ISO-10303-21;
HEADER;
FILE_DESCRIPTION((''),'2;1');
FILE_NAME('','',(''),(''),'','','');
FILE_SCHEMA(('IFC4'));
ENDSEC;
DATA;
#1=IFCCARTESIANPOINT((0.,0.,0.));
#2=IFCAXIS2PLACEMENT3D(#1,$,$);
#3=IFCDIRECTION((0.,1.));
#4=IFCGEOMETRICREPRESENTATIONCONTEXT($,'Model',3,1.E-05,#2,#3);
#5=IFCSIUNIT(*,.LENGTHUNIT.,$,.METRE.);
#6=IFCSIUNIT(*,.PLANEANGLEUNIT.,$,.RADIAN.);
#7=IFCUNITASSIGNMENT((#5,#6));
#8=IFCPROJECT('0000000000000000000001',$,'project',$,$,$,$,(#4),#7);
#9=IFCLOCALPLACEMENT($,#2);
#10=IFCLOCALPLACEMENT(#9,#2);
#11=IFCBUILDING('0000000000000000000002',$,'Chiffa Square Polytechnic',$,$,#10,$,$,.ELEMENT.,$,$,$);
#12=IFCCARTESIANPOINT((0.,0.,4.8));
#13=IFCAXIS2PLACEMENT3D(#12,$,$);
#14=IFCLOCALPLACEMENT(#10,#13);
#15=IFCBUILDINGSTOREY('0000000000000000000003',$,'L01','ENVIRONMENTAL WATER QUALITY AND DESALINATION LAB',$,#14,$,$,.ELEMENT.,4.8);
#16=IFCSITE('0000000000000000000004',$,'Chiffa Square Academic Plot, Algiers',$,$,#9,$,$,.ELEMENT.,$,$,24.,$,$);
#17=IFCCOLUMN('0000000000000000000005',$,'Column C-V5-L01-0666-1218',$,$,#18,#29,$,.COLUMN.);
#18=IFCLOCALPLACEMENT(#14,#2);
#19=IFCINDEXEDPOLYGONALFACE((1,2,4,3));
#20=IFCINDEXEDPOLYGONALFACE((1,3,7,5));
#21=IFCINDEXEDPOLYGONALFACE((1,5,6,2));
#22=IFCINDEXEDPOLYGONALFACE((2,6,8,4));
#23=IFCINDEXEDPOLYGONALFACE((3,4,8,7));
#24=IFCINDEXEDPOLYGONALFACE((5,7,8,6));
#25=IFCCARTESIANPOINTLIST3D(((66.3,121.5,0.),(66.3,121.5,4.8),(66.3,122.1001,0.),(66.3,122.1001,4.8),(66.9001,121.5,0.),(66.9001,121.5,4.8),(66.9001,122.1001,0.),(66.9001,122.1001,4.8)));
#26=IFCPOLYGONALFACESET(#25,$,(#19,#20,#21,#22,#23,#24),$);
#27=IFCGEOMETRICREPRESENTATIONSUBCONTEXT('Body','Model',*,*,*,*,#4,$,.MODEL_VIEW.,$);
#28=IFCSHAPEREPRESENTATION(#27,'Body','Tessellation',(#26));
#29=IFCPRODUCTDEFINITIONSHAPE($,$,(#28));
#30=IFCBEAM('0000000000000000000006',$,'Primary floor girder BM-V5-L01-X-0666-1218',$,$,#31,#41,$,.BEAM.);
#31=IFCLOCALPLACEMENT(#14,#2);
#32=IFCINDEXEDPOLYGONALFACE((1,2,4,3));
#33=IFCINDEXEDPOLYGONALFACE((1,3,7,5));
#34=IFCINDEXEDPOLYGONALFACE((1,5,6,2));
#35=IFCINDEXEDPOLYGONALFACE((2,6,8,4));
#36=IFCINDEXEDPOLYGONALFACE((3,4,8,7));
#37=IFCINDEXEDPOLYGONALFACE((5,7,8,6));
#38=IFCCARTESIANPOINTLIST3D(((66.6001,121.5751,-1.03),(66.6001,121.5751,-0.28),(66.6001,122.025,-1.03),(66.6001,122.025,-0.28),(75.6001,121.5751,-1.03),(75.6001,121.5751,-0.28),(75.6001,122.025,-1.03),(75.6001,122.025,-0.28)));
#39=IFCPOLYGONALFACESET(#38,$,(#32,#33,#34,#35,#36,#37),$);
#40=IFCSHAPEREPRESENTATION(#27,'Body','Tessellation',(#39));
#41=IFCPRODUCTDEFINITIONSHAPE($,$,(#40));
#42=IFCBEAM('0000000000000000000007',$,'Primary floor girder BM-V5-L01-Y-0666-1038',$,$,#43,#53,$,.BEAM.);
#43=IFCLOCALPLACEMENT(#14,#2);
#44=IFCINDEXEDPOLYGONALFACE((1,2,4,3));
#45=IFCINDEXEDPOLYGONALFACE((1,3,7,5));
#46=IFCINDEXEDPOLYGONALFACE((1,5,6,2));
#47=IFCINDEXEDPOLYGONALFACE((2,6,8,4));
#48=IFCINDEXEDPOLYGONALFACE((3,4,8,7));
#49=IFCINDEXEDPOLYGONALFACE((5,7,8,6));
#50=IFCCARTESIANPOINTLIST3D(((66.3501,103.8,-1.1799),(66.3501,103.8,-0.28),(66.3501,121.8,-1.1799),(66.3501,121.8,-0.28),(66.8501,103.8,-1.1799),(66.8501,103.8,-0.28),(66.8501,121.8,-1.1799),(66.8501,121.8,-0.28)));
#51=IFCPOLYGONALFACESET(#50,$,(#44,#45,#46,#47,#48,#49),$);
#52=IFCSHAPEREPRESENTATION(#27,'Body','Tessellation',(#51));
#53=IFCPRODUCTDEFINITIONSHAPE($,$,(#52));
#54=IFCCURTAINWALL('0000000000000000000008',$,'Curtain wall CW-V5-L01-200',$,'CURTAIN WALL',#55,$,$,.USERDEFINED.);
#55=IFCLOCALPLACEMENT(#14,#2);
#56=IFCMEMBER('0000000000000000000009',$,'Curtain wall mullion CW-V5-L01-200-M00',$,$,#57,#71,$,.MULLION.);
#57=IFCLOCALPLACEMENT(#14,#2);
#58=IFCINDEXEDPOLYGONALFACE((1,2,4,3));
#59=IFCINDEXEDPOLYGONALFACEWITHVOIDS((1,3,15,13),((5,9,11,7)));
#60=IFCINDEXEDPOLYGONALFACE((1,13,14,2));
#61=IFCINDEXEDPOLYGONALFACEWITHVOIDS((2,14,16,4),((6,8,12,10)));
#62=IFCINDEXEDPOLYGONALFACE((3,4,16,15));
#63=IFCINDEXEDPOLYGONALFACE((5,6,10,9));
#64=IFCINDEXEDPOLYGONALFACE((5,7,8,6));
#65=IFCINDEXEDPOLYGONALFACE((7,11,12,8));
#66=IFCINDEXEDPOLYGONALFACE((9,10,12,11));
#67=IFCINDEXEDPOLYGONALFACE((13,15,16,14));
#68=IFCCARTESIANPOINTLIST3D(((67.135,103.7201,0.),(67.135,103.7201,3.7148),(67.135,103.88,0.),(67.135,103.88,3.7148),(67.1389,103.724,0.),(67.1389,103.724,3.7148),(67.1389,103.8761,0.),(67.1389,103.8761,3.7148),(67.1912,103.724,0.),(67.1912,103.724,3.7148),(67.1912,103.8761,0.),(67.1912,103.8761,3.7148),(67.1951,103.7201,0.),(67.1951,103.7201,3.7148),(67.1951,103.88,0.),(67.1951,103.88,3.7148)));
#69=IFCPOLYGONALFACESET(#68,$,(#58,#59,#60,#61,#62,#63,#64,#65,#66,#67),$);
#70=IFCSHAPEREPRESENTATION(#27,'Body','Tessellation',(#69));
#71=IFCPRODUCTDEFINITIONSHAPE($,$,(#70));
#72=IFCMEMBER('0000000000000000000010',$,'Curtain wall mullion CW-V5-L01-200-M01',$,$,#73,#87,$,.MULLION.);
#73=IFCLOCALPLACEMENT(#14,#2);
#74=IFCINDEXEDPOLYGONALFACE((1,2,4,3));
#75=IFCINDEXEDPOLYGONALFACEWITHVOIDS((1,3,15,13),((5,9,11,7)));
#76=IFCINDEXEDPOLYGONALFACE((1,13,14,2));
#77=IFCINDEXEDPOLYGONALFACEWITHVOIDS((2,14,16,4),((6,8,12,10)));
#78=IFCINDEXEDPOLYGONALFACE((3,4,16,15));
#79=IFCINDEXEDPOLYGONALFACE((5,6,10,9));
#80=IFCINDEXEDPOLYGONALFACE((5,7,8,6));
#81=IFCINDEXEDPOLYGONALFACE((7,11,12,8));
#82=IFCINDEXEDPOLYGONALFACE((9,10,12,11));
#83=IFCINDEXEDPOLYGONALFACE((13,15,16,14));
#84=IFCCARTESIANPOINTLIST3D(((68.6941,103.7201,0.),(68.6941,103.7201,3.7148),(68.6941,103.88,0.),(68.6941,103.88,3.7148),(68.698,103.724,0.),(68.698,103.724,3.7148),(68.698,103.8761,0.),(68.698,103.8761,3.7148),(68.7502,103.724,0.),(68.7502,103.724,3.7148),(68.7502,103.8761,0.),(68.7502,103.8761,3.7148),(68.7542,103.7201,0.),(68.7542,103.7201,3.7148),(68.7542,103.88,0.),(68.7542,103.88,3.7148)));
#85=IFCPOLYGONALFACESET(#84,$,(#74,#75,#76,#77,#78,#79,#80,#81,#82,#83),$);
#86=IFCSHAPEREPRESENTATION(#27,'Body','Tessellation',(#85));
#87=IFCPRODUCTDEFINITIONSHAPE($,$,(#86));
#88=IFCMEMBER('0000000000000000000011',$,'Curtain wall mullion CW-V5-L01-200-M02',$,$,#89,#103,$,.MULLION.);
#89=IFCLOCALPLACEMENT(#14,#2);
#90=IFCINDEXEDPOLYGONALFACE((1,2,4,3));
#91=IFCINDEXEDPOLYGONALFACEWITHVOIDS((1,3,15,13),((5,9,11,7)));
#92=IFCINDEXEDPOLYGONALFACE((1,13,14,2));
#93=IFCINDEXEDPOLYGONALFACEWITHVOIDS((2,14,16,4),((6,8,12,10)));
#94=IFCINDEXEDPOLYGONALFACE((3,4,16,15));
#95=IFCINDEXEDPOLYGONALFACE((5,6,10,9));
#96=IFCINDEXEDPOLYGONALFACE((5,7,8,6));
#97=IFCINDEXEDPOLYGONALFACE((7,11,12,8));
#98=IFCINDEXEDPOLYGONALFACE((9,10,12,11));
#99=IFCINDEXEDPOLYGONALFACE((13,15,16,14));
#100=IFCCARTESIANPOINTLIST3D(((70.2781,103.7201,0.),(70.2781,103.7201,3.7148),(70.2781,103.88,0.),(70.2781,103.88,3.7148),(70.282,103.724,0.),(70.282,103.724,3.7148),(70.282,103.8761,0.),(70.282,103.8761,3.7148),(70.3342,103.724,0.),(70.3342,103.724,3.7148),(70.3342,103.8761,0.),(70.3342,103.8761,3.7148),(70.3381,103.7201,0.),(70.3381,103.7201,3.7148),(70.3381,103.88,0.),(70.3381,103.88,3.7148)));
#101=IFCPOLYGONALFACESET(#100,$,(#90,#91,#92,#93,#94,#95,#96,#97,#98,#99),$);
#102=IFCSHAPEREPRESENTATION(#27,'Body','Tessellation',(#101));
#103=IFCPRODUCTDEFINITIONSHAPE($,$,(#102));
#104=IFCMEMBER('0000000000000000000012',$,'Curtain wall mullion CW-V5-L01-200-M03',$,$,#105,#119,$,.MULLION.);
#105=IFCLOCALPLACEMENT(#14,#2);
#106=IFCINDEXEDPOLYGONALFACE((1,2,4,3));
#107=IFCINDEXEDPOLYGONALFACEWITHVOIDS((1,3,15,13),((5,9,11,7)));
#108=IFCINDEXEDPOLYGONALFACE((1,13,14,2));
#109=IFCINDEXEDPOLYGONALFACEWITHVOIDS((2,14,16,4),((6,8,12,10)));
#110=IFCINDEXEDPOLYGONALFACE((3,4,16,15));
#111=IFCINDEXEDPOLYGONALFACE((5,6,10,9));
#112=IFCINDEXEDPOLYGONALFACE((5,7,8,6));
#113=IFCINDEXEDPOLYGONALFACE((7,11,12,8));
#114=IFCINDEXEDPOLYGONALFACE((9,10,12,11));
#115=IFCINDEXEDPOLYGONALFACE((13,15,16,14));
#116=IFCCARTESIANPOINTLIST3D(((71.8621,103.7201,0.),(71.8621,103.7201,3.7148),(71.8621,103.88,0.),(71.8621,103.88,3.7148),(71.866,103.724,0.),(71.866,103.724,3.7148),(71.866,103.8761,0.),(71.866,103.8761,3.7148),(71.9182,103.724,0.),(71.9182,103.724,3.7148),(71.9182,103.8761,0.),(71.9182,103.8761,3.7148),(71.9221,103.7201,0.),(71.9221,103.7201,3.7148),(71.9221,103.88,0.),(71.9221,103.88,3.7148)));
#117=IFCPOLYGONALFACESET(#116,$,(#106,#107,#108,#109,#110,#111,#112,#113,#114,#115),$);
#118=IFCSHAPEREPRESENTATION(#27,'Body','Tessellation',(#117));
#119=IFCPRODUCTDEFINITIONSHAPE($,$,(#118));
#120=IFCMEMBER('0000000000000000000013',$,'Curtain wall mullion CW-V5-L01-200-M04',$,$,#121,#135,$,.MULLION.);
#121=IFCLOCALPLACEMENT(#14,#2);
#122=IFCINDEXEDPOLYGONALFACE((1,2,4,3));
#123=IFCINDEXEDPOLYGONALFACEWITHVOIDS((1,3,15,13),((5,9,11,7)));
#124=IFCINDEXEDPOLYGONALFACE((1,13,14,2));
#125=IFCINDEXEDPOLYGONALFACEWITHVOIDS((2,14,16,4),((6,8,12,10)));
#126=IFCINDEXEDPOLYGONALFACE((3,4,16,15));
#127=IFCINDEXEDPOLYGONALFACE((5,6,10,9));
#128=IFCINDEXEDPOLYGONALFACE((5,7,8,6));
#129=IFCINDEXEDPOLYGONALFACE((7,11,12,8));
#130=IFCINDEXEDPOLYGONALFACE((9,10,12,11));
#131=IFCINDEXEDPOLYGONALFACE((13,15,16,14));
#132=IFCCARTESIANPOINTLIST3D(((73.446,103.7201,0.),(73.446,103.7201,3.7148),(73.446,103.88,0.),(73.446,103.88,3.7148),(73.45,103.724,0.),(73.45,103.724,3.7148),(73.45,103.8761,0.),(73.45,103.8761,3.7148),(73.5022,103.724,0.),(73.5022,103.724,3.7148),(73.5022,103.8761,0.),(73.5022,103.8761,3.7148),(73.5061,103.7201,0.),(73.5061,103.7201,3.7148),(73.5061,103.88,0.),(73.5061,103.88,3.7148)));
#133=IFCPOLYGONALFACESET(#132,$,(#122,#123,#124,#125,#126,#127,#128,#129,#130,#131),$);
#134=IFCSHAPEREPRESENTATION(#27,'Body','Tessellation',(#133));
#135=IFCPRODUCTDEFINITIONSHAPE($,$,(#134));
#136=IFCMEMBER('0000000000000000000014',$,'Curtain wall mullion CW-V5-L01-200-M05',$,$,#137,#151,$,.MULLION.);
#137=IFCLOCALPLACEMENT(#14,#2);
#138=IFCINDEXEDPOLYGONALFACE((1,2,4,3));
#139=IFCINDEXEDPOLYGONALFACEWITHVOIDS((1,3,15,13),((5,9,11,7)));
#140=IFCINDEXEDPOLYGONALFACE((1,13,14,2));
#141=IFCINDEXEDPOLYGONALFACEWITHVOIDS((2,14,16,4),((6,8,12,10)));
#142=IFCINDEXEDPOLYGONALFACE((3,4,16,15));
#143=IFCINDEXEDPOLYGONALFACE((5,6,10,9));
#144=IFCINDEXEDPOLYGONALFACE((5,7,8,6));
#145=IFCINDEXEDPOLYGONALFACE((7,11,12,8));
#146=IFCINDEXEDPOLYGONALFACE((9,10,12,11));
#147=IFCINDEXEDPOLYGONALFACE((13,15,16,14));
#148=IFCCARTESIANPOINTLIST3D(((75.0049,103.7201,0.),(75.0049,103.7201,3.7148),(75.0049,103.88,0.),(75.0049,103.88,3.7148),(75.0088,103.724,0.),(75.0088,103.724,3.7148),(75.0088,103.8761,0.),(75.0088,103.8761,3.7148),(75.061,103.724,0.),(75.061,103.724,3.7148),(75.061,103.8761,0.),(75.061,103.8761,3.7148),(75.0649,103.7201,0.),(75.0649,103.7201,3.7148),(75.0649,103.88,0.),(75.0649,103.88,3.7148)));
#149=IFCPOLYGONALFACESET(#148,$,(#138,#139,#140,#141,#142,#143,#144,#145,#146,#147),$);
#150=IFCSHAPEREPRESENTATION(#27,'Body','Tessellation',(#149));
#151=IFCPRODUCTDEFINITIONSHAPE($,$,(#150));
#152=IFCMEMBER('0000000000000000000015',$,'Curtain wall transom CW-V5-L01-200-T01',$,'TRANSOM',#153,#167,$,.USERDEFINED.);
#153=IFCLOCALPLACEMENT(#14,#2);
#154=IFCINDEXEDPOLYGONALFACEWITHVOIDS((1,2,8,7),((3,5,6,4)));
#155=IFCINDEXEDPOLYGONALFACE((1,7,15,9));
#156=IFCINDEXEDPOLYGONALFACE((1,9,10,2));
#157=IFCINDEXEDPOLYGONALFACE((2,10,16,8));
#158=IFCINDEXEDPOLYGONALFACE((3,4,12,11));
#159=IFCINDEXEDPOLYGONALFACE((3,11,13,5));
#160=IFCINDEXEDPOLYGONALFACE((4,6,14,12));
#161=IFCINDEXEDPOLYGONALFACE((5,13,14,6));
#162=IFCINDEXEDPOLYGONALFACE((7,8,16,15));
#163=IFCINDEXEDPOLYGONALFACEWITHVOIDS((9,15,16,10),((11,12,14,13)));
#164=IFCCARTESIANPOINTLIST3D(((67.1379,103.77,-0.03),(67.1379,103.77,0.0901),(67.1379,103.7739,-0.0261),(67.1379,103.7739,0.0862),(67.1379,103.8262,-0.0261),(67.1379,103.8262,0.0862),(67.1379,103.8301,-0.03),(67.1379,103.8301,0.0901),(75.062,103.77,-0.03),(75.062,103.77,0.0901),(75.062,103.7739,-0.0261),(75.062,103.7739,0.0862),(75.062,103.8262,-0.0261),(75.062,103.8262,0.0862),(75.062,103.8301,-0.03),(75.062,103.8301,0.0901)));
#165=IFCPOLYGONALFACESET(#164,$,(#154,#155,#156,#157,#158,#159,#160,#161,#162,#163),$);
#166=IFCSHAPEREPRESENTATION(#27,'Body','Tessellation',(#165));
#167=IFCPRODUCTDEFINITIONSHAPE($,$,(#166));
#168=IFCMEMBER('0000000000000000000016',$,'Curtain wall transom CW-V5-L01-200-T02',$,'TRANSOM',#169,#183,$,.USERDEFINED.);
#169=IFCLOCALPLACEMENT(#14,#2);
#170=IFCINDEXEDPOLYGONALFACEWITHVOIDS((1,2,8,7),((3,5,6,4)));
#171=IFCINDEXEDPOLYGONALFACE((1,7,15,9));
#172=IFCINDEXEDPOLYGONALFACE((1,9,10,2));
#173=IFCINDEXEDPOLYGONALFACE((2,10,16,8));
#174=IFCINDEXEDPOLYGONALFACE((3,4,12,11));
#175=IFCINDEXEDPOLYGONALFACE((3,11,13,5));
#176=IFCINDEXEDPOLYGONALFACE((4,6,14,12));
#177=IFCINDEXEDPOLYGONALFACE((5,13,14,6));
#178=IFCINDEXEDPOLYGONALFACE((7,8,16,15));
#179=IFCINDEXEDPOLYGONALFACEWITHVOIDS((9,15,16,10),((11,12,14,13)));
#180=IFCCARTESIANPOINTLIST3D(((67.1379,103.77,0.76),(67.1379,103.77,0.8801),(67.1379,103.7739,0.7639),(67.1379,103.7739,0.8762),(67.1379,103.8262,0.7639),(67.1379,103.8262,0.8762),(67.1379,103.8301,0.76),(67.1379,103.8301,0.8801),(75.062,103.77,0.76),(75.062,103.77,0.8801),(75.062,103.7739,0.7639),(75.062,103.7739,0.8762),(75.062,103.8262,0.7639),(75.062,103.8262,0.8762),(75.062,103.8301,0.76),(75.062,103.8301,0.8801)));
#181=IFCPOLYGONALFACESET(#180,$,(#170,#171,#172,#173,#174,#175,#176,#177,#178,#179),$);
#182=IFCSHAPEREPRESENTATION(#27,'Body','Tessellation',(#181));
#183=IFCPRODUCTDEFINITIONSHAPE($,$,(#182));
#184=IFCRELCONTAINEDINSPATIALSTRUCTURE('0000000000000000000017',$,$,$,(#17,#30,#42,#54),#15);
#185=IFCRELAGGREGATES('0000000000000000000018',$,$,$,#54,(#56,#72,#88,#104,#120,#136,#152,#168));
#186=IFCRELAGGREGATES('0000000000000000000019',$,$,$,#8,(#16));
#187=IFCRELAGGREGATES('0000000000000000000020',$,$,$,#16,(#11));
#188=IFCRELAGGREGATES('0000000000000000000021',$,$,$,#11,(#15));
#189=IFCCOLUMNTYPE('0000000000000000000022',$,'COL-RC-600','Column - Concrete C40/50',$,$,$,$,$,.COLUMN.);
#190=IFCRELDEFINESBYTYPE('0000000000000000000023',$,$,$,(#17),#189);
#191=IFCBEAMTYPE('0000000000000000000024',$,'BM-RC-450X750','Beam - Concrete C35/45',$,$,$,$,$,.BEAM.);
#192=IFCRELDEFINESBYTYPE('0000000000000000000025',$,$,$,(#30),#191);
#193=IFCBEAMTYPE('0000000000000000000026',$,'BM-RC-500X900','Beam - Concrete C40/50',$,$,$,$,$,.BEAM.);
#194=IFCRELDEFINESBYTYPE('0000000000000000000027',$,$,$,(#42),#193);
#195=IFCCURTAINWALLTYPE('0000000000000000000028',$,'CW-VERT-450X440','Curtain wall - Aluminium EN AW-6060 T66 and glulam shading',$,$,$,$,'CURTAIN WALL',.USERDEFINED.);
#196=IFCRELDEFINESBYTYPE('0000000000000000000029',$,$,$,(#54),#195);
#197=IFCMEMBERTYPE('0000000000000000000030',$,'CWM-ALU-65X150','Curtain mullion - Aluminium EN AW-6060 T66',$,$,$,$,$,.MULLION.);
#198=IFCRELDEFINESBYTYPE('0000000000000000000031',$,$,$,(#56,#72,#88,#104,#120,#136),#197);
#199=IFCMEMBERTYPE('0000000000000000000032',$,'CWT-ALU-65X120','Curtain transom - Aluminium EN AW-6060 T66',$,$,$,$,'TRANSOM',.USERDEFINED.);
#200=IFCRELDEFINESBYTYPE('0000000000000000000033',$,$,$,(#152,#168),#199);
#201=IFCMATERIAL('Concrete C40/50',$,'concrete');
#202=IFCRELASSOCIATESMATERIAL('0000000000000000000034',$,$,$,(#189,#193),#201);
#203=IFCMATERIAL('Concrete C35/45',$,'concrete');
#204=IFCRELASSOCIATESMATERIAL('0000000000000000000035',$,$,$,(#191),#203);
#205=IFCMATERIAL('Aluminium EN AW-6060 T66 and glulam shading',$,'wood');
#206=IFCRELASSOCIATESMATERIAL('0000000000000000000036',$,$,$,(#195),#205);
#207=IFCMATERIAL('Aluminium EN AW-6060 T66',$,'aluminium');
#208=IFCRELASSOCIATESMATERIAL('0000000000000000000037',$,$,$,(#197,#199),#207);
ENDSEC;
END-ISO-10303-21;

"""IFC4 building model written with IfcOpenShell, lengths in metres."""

from ifc_helpers import new_model, si_unit, direction, frame, origin, origin_2d, place, context, subcontext, project, spatial, rectangle, hollow_rectangle, extrude, material, material_profile, profile_set, type_object, element, aggregate, save


model = new_model("IFC4")

# Units and contexts
model_context = context("Model", 3, precision=1e-05, world=origin(), true_north=direction((0.0, 1.0)))
body_context = subcontext(model_context, "Body", "Model", "MODEL_VIEW")
ifc_project = project(units=[si_unit("LENGTHUNIT", "METRE"), si_unit("PLANEANGLEUNIT", "RADIAN")], contexts=[model_context])

# Site, building, storey
site_placement = place(None, origin())
site = spatial("IfcSite", under=ifc_project, at=site_placement, Name="Chiffa Square Academic Plot, Algiers", CompositionType="ELEMENT", RefElevation=24.0)
building_placement = place(site_placement, origin())
building = spatial("IfcBuilding", under=site, at=building_placement, Name="Chiffa Square Polytechnic", CompositionType="ELEMENT")
storey_placement = place(building_placement, frame((0.0, 0.0, 4.8)))
storey = spatial("IfcBuildingStorey", under=building, at=storey_placement, Name="L01", Description="ENVIRONMENTAL WATER QUALITY AND DESALINATION LAB", CompositionType="ELEMENT", Elevation=4.8)

# Column
ifc_material_1 = material(Name="Concrete C40/50", Category="concrete")
ifc_material_profile_1 = material_profile(ifc_material_1, rectangle(XDim=0.6001, YDim=0.6001, at=origin_2d()), Name="RC 600x600")
ifc_profile_set_1 = profile_set([ifc_material_profile_1], Name="Concrete C40/50")
column_type = type_object("IfcColumnType", Name="COL-RC-600", Description="Column - Concrete C40/50", PredefinedType="COLUMN", material=ifc_profile_set_1)
column_placement = place(storey_placement, frame((66.6001, 121.8, 0.0), z_axis=(0.0, 0.0, 1.0), x_axis=(1.0, 0.0, 0.0)))
element("IfcColumn", 1, at=column_placement, inside=storey, type_object=column_type, Name="Column C-V5-L01-0666-1218", PredefinedType="COLUMN", context=body_context, shape_type="SweptSolid", body=[
    extrude(rectangle(XDim=0.6001, YDim=0.6001, at=origin_2d()), origin(), (0.0, 0.0, 1.0), 4.8),
])

# Beams
ifc_material_2 = material(Name="Concrete C35/45", Category="concrete")
ifc_material_profile_2 = material_profile(ifc_material_2, rectangle(XDim=0.45, YDim=0.75, at=origin_2d()), Name="RC 450x750")
ifc_profile_set_2 = profile_set([ifc_material_profile_2], Name="Concrete C35/45")
beam_type_1 = type_object("IfcBeamType", Name="BM-RC-450X750", Description="Beam - Concrete C35/45", PredefinedType="BEAM", material=ifc_profile_set_2)
beam_1_placement = place(storey_placement, frame((66.6001, 121.8, -0.655), z_axis=(1.0, 0.0, 0.0), x_axis=(0.0, 1.0, 0.0)))
element("IfcBeam", 2, at=beam_1_placement, inside=storey, type_object=beam_type_1, Name="Primary floor girder BM-V5-L01-X-0666-1218", PredefinedType="BEAM", context=body_context, shape_type="SweptSolid", body=[
    extrude(rectangle(XDim=0.45, YDim=0.75, at=origin_2d()), origin(), (0.0, 0.0, 1.0), 9.0),
])
ifc_material_profile_3 = material_profile(ifc_material_1, rectangle(XDim=0.5, YDim=0.8999, at=origin_2d()), Name="RC 500x900")
ifc_profile_set_3 = profile_set([ifc_material_profile_3], Name="Concrete C40/50")
beam_type_2 = type_object("IfcBeamType", Name="BM-RC-500X900", Description="Beam - Concrete C40/50", PredefinedType="BEAM", material=ifc_profile_set_3)
beam_2_placement = place(storey_placement, frame((66.6001, 103.8, -0.73), z_axis=(0.0, 1.0, 0.0), x_axis=(-1.0, 0.0, 0.0)))
element("IfcBeam", 3, at=beam_2_placement, inside=storey, type_object=beam_type_2, Name="Primary floor girder BM-V5-L01-Y-0666-1038", PredefinedType="BEAM", context=body_context, shape_type="SweptSolid", body=[
    extrude(rectangle(XDim=0.5, YDim=0.8999, at=origin_2d()), origin(), (0.0, 0.0, 1.0), 18.0),
])

# Curtain wall, members
ifc_material_3 = material(Name="Aluminium EN AW-6060 T66 and glulam shading", Category="wood")
curtain_wall_type = type_object("IfcCurtainWallType", Name="CW-VERT-450X440", Description="Curtain wall - Aluminium EN AW-6060 T66 and glulam shading", ElementType="CURTAIN WALL", PredefinedType="USERDEFINED", material=ifc_material_3)
curtain_wall_placement = place(storey_placement, origin())
curtain_wall = element("IfcCurtainWall", 4, at=curtain_wall_placement, inside=storey, type_object=curtain_wall_type, Name="Curtain wall CW-V5-L01-200", ObjectType="CURTAIN WALL", PredefinedType="USERDEFINED")
ifc_material_4 = material(Name="Aluminium EN AW-6060 T66", Category="aluminium")
ifc_material_profile_4 = material_profile(ifc_material_4, hollow_rectangle(XDim=0.0601, YDim=0.1599, WallThickness=0.0039, at=origin_2d()), Name="ALU 60x160x4")
ifc_profile_set_4 = profile_set([ifc_material_profile_4], Name="Aluminium EN AW-6060 T66")
member_type_1 = type_object("IfcMemberType", Name="CWM-ALU-65X150", Description="Curtain mullion - Aluminium EN AW-6060 T66", PredefinedType="MULLION", material=ifc_profile_set_4)
member_1_placement = place(storey_placement, frame((67.165, 103.8, 0.0), z_axis=(0.0, 0.0, 1.0), x_axis=(1.0, 0.0, 0.0)))
member_1 = element("IfcMember", 5, at=member_1_placement, type_object=member_type_1, Name="Curtain wall mullion CW-V5-L01-200-M00", PredefinedType="MULLION", context=body_context, shape_type="SweptSolid", body=[
    extrude(hollow_rectangle(XDim=0.0601, YDim=0.1599, WallThickness=0.0039, at=origin_2d()), origin(), (0.0, 0.0, 1.0), 3.7148),
])
member_2_placement = place(storey_placement, frame((68.7241, 103.8, 0.0), z_axis=(0.0, 0.0, 1.0), x_axis=(1.0, 0.0, 0.0)))
member_2 = element("IfcMember", 6, at=member_2_placement, type_object=member_type_1, Name="Curtain wall mullion CW-V5-L01-200-M01", PredefinedType="MULLION", context=body_context, shape_type="SweptSolid", body=[
    extrude(hollow_rectangle(XDim=0.0601, YDim=0.1599, WallThickness=0.0039, at=origin_2d()), origin(), (0.0, 0.0, 1.0), 3.7148),
])
member_3_placement = place(storey_placement, frame((70.3081, 103.8, 0.0), z_axis=(0.0, 0.0, 1.0), x_axis=(1.0, 0.0, 0.0)))
member_3 = element("IfcMember", 7, at=member_3_placement, type_object=member_type_1, Name="Curtain wall mullion CW-V5-L01-200-M02", PredefinedType="MULLION", context=body_context, shape_type="SweptSolid", body=[
    extrude(hollow_rectangle(XDim=0.0601, YDim=0.1599, WallThickness=0.0039, at=origin_2d()), origin(), (0.0, 0.0, 1.0), 3.7148),
])
member_4_placement = place(storey_placement, frame((71.8921, 103.8, 0.0), z_axis=(0.0, 0.0, 1.0), x_axis=(1.0, 0.0, 0.0)))
member_4 = element("IfcMember", 8, at=member_4_placement, type_object=member_type_1, Name="Curtain wall mullion CW-V5-L01-200-M03", PredefinedType="MULLION", context=body_context, shape_type="SweptSolid", body=[
    extrude(hollow_rectangle(XDim=0.0601, YDim=0.1599, WallThickness=0.0039, at=origin_2d()), origin(), (0.0, 0.0, 1.0), 3.7148),
])
member_5_placement = place(storey_placement, frame((73.4761, 103.8, 0.0), z_axis=(0.0, 0.0, 1.0), x_axis=(1.0, 0.0, 0.0)))
member_5 = element("IfcMember", 9, at=member_5_placement, type_object=member_type_1, Name="Curtain wall mullion CW-V5-L01-200-M04", PredefinedType="MULLION", context=body_context, shape_type="SweptSolid", body=[
    extrude(hollow_rectangle(XDim=0.0601, YDim=0.1599, WallThickness=0.0039, at=origin_2d()), origin(), (0.0, 0.0, 1.0), 3.7148),
])
member_6_placement = place(storey_placement, frame((75.0349, 103.8, 0.0), z_axis=(0.0, 0.0, 1.0), x_axis=(1.0, 0.0, 0.0)))
member_6 = element("IfcMember", 10, at=member_6_placement, type_object=member_type_1, Name="Curtain wall mullion CW-V5-L01-200-M05", PredefinedType="MULLION", context=body_context, shape_type="SweptSolid", body=[
    extrude(hollow_rectangle(XDim=0.0601, YDim=0.1599, WallThickness=0.0039, at=origin_2d()), origin(), (0.0, 0.0, 1.0), 3.7148),
])
ifc_material_profile_5 = material_profile(ifc_material_4, hollow_rectangle(XDim=0.0601, YDim=0.1201, WallThickness=0.0039, at=origin_2d()), Name="ALU 60x120x4")
ifc_profile_set_5 = profile_set([ifc_material_profile_5], Name="Aluminium EN AW-6060 T66")
member_type_2 = type_object("IfcMemberType", Name="CWT-ALU-65X120", Description="Curtain transom - Aluminium EN AW-6060 T66", ElementType="TRANSOM", PredefinedType="USERDEFINED", material=ifc_profile_set_5)
member_7_placement = place(storey_placement, frame((67.1379, 103.8, 0.03), z_axis=(1.0, 0.0, 0.0), x_axis=(0.0, 1.0, 0.0)))
member_7 = element("IfcMember", 11, at=member_7_placement, type_object=member_type_2, Name="Curtain wall transom CW-V5-L01-200-T01", ObjectType="TRANSOM", PredefinedType="USERDEFINED", context=body_context, shape_type="SweptSolid", body=[
    extrude(hollow_rectangle(XDim=0.0601, YDim=0.1201, WallThickness=0.0039, at=origin_2d()), origin(), (0.0, 0.0, 1.0), 7.9241),
])
member_8_placement = place(storey_placement, frame((67.1379, 103.8, 0.8201), z_axis=(1.0, 0.0, 0.0), x_axis=(0.0, 1.0, 0.0)))
member_8 = element("IfcMember", 12, at=member_8_placement, type_object=member_type_2, Name="Curtain wall transom CW-V5-L01-200-T02", ObjectType="TRANSOM", PredefinedType="USERDEFINED", context=body_context, shape_type="SweptSolid", body=[
    extrude(hollow_rectangle(XDim=0.0601, YDim=0.1201, WallThickness=0.0039, at=origin_2d()), origin(), (0.0, 0.0, 1.0), 7.9241),
])

aggregate(curtain_wall, [member_1, member_2, member_3, member_4, member_5, member_6, member_7, member_8])

save(model, "model.ifc")
